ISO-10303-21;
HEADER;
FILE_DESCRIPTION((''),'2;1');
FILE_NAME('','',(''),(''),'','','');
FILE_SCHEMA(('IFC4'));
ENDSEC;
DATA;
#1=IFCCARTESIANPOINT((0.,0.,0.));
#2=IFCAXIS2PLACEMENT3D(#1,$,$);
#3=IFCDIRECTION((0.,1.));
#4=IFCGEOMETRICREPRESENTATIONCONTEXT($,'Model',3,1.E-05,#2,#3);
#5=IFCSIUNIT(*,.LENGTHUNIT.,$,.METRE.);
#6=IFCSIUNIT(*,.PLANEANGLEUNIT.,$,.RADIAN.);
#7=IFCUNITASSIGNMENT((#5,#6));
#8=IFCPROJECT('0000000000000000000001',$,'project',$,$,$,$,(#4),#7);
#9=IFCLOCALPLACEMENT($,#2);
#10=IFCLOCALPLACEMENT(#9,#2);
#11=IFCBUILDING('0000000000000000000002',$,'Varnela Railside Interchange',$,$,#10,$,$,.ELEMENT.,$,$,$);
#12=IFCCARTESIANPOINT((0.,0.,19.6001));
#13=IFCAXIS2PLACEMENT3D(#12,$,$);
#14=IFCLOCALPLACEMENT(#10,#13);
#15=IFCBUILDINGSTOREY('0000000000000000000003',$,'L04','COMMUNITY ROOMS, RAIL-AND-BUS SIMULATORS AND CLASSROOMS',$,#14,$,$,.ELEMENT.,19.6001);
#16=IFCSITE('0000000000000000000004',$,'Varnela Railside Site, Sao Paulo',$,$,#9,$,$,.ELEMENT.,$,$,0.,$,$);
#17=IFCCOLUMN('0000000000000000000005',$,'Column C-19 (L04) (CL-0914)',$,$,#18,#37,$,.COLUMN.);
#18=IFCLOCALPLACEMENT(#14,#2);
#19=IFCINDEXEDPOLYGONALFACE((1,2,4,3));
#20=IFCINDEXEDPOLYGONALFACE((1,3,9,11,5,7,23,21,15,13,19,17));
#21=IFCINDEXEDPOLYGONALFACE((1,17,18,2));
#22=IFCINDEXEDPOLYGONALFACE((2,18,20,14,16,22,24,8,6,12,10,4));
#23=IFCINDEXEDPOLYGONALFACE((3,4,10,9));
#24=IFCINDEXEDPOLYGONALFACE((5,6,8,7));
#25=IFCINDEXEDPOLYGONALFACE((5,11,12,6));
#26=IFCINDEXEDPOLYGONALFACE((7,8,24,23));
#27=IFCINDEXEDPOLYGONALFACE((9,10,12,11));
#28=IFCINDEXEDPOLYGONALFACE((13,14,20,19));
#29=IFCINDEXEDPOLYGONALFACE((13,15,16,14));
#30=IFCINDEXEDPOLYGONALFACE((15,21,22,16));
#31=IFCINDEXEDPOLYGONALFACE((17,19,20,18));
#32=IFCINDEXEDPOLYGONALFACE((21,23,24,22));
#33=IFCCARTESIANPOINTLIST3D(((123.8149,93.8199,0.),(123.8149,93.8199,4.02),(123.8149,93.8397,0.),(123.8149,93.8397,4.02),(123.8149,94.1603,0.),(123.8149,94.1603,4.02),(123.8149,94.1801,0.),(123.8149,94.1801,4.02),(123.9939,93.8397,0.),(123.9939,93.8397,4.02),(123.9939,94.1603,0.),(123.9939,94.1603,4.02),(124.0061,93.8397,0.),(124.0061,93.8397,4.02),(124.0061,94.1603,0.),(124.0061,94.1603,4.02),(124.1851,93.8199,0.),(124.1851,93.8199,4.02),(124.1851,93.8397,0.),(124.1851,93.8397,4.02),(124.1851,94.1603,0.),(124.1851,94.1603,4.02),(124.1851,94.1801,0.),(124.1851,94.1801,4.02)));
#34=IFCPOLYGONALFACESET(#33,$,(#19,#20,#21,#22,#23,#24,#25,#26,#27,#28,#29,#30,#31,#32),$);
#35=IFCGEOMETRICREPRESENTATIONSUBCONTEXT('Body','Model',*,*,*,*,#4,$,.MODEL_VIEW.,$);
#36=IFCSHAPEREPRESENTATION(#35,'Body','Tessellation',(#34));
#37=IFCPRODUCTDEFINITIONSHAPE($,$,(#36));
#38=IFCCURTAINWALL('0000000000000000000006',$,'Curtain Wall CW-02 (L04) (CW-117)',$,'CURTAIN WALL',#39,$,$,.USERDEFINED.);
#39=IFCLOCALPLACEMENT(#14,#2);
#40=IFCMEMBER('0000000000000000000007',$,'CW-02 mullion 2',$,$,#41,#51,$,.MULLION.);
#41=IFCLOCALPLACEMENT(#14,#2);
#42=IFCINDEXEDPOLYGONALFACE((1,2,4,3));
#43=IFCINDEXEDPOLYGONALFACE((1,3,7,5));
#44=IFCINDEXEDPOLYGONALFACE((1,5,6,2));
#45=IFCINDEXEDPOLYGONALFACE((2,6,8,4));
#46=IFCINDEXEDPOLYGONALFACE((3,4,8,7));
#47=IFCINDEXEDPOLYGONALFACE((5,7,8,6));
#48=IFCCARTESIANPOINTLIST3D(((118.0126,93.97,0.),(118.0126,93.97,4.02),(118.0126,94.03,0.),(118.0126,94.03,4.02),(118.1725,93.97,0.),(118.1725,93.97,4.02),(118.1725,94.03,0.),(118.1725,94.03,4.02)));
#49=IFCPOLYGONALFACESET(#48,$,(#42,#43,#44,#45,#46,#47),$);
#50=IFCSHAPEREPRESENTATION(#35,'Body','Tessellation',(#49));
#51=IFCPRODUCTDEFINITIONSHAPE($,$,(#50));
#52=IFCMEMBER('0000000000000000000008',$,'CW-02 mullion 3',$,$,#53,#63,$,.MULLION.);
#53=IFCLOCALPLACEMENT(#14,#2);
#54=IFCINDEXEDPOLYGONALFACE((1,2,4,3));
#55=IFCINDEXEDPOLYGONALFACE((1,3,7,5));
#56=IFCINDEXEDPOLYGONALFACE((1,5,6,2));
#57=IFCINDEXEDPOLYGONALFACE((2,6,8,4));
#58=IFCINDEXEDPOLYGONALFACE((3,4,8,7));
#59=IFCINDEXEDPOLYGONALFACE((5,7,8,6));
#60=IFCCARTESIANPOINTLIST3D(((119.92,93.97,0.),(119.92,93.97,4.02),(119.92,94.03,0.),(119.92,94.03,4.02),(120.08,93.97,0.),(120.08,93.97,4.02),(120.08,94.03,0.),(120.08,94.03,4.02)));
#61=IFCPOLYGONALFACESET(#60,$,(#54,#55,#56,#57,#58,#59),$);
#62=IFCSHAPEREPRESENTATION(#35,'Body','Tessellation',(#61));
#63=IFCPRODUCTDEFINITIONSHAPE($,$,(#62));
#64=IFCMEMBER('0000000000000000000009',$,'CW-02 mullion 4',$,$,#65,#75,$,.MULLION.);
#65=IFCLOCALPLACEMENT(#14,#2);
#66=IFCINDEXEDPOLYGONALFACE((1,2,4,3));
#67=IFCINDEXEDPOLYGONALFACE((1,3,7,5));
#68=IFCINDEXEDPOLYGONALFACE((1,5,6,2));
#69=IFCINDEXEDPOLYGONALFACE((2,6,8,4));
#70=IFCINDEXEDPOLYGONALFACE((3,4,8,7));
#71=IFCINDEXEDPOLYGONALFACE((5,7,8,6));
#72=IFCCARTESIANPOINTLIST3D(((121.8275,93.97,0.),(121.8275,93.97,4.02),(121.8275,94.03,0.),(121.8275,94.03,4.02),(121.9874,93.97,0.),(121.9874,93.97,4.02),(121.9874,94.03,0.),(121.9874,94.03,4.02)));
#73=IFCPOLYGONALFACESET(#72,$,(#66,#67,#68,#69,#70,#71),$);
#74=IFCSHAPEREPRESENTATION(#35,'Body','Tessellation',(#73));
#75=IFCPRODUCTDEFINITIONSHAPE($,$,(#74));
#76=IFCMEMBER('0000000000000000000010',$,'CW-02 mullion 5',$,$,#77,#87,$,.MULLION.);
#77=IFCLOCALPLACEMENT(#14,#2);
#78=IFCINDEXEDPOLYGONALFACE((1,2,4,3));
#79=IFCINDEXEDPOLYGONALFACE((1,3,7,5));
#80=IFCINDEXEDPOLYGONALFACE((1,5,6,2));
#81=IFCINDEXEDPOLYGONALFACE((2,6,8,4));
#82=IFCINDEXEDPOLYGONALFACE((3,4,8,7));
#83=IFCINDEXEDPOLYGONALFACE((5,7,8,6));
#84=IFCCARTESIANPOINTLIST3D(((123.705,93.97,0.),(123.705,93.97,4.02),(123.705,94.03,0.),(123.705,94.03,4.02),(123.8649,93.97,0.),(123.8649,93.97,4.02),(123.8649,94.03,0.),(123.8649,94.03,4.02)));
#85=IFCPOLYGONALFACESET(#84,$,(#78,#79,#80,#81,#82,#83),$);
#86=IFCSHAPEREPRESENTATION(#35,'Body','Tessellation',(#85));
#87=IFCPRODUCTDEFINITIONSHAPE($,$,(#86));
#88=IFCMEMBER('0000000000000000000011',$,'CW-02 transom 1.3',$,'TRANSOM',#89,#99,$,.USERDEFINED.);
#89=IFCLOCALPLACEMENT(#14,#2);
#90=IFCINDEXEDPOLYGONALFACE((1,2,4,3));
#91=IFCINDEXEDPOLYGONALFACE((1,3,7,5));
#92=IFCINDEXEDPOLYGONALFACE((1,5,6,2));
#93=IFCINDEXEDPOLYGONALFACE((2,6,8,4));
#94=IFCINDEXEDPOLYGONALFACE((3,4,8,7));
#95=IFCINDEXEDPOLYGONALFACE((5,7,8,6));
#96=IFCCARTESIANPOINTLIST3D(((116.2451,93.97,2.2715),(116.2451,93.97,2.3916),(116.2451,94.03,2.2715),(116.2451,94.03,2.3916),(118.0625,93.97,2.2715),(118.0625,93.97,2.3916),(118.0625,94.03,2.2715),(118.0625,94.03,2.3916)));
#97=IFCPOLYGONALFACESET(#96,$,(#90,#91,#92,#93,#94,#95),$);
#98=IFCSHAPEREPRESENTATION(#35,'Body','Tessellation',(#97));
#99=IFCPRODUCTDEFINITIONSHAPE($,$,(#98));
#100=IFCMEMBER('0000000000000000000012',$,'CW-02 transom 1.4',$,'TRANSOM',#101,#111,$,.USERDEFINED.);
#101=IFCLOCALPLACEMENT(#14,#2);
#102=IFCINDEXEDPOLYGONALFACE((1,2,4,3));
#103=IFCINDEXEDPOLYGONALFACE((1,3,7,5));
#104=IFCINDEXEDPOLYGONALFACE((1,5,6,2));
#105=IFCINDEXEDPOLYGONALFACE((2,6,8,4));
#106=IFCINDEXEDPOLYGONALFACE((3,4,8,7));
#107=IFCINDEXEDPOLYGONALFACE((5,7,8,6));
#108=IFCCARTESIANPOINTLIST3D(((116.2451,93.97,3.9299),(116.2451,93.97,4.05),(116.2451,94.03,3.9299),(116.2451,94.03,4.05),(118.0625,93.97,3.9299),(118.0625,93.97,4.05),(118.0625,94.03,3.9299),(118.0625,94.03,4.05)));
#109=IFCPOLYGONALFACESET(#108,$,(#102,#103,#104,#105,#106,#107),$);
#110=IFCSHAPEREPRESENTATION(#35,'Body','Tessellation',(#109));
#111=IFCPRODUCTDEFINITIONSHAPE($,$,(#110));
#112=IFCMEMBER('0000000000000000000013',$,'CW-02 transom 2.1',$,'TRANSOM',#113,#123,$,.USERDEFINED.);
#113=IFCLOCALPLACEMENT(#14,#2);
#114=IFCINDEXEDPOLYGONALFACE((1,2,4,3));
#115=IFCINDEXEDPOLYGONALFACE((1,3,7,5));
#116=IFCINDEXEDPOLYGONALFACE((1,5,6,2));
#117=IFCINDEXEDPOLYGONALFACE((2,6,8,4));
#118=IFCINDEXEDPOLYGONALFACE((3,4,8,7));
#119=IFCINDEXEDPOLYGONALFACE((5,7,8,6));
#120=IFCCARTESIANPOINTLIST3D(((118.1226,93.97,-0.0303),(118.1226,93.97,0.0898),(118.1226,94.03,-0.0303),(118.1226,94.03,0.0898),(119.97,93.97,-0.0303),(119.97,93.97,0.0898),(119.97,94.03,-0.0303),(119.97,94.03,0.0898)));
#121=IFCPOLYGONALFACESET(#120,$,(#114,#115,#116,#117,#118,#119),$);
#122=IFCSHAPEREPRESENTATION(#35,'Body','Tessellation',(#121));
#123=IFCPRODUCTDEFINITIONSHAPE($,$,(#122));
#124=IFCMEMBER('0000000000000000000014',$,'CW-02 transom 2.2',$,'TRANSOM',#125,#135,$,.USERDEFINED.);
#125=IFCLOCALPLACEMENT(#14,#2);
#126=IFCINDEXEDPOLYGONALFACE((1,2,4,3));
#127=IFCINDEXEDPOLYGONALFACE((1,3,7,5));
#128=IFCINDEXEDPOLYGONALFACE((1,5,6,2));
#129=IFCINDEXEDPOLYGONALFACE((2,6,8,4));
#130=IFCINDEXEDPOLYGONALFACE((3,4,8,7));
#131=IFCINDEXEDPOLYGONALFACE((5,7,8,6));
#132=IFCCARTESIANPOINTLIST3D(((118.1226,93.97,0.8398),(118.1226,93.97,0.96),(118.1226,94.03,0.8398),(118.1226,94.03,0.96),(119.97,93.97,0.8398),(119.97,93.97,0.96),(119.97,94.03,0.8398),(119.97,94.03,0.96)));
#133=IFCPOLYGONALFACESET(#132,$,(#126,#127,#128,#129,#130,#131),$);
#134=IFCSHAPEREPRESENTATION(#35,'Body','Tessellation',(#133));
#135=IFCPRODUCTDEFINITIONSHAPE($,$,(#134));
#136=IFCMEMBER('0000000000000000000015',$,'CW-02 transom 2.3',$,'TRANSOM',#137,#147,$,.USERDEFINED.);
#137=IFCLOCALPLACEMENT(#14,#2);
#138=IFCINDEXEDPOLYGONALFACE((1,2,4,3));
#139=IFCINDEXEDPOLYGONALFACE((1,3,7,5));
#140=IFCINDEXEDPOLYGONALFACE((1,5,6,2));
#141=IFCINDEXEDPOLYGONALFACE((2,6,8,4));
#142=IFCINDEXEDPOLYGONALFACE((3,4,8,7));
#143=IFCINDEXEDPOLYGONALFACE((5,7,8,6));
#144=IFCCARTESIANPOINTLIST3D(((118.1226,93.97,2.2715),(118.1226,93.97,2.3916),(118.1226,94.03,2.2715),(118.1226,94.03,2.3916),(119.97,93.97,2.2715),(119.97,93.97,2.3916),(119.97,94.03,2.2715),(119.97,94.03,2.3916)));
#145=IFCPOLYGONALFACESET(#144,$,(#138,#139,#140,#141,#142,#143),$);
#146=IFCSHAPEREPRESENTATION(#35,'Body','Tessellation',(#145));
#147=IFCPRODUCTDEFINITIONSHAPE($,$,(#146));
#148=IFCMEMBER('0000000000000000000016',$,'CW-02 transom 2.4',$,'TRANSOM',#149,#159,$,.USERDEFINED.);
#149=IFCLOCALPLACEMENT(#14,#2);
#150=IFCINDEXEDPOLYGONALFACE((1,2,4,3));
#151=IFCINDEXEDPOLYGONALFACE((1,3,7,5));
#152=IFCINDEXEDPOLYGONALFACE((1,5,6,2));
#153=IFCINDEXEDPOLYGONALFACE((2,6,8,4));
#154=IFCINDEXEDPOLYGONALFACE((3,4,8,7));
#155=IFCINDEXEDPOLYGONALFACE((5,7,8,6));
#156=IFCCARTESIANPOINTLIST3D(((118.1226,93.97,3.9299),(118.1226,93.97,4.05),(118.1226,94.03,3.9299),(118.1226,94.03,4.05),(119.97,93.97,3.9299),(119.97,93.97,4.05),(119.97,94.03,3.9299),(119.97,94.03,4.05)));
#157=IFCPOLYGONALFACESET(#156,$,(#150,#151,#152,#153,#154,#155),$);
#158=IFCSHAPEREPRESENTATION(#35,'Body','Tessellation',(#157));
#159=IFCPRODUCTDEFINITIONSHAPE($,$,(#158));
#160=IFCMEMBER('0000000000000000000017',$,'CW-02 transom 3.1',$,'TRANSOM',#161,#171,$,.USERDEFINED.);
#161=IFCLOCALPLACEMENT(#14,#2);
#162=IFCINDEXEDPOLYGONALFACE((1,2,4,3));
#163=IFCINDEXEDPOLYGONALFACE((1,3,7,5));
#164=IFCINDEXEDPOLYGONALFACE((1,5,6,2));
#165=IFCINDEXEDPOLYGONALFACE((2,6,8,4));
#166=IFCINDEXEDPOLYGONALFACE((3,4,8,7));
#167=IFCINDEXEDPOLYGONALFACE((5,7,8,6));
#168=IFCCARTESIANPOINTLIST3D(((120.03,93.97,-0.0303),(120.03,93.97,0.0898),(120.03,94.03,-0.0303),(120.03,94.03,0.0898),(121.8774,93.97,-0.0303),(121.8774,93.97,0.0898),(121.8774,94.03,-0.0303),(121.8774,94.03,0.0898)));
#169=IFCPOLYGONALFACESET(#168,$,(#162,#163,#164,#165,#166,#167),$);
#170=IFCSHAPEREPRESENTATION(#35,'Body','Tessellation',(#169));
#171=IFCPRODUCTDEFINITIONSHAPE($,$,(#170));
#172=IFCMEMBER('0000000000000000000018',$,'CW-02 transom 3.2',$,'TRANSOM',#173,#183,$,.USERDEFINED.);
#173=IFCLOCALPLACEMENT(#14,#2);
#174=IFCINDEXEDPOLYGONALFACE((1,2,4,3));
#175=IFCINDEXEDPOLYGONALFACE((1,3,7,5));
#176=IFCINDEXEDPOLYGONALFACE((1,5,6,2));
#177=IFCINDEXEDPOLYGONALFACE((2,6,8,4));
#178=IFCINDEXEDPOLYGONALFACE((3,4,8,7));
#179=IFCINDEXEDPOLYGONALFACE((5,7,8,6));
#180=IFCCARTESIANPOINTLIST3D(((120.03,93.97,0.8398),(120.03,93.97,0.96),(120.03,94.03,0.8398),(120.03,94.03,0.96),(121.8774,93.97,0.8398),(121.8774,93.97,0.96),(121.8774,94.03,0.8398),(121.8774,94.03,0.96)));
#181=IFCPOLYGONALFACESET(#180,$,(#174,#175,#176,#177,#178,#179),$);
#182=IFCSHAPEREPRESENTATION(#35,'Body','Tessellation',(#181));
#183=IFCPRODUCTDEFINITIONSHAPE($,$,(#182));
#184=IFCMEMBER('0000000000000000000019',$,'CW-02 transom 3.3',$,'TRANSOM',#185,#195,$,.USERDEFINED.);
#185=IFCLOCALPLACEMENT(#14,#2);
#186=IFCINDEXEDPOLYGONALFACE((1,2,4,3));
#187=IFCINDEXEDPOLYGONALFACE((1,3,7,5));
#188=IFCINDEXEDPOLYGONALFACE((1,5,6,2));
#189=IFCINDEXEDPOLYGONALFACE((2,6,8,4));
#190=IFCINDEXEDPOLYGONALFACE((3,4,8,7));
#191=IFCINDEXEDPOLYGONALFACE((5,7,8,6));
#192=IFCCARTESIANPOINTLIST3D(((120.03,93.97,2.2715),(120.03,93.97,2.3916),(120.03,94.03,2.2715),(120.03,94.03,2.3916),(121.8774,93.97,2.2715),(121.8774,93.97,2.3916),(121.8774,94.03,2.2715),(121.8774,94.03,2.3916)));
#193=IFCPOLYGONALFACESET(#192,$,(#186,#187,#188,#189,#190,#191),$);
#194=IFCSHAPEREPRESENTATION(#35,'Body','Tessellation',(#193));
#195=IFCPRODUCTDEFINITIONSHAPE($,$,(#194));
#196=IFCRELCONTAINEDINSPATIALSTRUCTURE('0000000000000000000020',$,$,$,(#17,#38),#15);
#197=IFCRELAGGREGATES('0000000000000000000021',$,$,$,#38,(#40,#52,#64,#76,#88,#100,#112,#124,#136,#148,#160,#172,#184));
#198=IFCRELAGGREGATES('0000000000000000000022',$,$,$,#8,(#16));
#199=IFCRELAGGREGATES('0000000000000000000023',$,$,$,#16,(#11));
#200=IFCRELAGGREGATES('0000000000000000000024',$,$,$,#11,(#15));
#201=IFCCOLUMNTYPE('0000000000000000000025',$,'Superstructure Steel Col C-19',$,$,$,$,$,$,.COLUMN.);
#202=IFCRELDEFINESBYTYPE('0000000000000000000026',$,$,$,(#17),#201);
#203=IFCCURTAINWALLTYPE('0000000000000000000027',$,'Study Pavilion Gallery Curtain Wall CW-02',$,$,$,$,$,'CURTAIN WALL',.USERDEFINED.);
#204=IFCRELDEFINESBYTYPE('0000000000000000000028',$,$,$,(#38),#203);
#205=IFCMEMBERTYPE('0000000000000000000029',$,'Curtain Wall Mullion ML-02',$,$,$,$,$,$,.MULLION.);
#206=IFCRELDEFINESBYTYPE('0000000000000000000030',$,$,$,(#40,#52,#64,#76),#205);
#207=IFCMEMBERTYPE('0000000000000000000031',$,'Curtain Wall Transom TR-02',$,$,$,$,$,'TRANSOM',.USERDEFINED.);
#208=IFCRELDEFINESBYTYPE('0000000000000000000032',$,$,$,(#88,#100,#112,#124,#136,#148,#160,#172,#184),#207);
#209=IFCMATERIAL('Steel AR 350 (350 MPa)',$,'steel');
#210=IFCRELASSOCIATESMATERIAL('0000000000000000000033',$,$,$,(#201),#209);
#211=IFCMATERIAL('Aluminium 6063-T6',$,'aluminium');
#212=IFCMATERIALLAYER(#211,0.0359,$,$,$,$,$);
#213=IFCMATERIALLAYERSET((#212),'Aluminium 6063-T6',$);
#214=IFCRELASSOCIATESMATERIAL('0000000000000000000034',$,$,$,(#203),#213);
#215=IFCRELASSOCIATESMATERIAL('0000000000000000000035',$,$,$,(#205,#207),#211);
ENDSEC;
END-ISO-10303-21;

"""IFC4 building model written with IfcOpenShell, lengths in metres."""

from ifc_helpers import new_model, si_unit, direction, frame, origin, origin_2d, place, context, subcontext, project, spatial, rectangle, i_section, extrude, material, layer, layer_set, material_profile, profile_set, type_object, element, aggregate, save


model = new_model("IFC4")

# Units and contexts
model_context = context("Model", 3, precision=1e-05, world=origin(), true_north=direction((0.0, 1.0)))
body_context = subcontext(model_context, "Body", "Model", "MODEL_VIEW")
ifc_project = project(units=[si_unit("LENGTHUNIT", "METRE"), si_unit("PLANEANGLEUNIT", "RADIAN")], contexts=[model_context])

# Site, building, storey
site_placement = place(None, origin())
site = spatial("IfcSite", under=ifc_project, at=site_placement, Name="Varnela Railside Site, Sao Paulo", CompositionType="ELEMENT", RefElevation=0.0)
building_placement = place(site_placement, origin())
building = spatial("IfcBuilding", under=site, at=building_placement, Name="Varnela Railside Interchange", CompositionType="ELEMENT")
storey_placement = place(building_placement, frame((0.0, 0.0, 19.6001)))
storey = spatial("IfcBuildingStorey", under=building, at=storey_placement, Name="L04", Description="COMMUNITY ROOMS, RAIL-AND-BUS SIMULATORS AND CLASSROOMS", CompositionType="ELEMENT", Elevation=19.6001)

# Column
ifc_material_1 = material(Name="Steel AR 350 (350 MPa)", Category="steel")
ifc_material_profile_1 = material_profile(ifc_material_1, i_section(OverallWidth=0.3701, OverallDepth=0.3601, WebThickness=0.0122, FlangeThickness=0.0198, at=origin_2d()), Name="W360x147")
ifc_profile_set_1 = profile_set([ifc_material_profile_1], Name="Steel AR 350 (350 MPa)")
column_type = type_object("IfcColumnType", Name="Superstructure Steel Col C-19", PredefinedType="COLUMN", material=ifc_profile_set_1)
column_placement = place(storey_placement, frame((124.0, 94.0, 0.0), z_axis=(0.0, 0.0, 1.0), x_axis=(1.0, 0.0, 0.0)))
element("IfcColumn", 1, at=column_placement, inside=storey, type_object=column_type, Name="Column C-19 (L04) (CL-0914)", PredefinedType="COLUMN", context=body_context, shape_type="SweptSolid", body=[
    extrude(i_section(OverallWidth=0.3701, OverallDepth=0.3601, WebThickness=0.0122, FlangeThickness=0.0198, at=origin_2d()), origin(), (0.0, 0.0, 1.0), 4.02),
])

# Curtain wall, members
ifc_material_2 = material(Name="Aluminium 6063-T6", Category="aluminium")
ifc_layer_1 = layer(ifc_material_2, 0.0359)
ifc_layer_set_1 = layer_set([ifc_layer_1], Name="Aluminium 6063-T6")
curtain_wall_type = type_object("IfcCurtainWallType", Name="Study Pavilion Gallery Curtain Wall CW-02", ElementType="CURTAIN WALL", PredefinedType="USERDEFINED", material=ifc_layer_set_1)
curtain_wall_placement = place(storey_placement, origin())
curtain_wall = element("IfcCurtainWall", 2, at=curtain_wall_placement, inside=storey, type_object=curtain_wall_type, Name="Curtain Wall CW-02 (L04) (CW-117)", ObjectType="CURTAIN WALL", PredefinedType="USERDEFINED")
ifc_material_profile_2 = material_profile(ifc_material_2, rectangle(XDim=0.0601, YDim=0.1599, at=origin_2d()), Name="ALU 60x160")
ifc_profile_set_2 = profile_set([ifc_material_profile_2], Name="Aluminium 6063-T6")
member_type_1 = type_object("IfcMemberType", Name="Curtain Wall Mullion ML-02", PredefinedType="MULLION", material=ifc_profile_set_2)
member_1_placement = place(storey_placement, frame((118.0925, 94.0, 0.0), z_axis=(0.0, 0.0, 1.0), x_axis=(0.0, 1.0, 0.0)))
member_1 = element("IfcMember", 3, at=member_1_placement, type_object=member_type_1, Name="CW-02 mullion 2", PredefinedType="MULLION", context=body_context, shape_type="SweptSolid", body=[
    extrude(rectangle(XDim=0.0601, YDim=0.1599, at=origin_2d()), origin(), (0.0, 0.0, 1.0), 4.02),
])
member_2_placement = place(storey_placement, frame((120.0, 94.0, 0.0), z_axis=(0.0, 0.0, 1.0), x_axis=(0.0, 1.0, 0.0)))
member_2 = element("IfcMember", 4, at=member_2_placement, type_object=member_type_1, Name="CW-02 mullion 3", PredefinedType="MULLION", context=body_context, shape_type="SweptSolid", body=[
    extrude(rectangle(XDim=0.0601, YDim=0.1599, at=origin_2d()), origin(), (0.0, 0.0, 1.0), 4.02),
])
member_3_placement = place(storey_placement, frame((121.9075, 94.0, 0.0), z_axis=(0.0, 0.0, 1.0), x_axis=(0.0, 1.0, 0.0)))
member_3 = element("IfcMember", 5, at=member_3_placement, type_object=member_type_1, Name="CW-02 mullion 4", PredefinedType="MULLION", context=body_context, shape_type="SweptSolid", body=[
    extrude(rectangle(XDim=0.0601, YDim=0.1599, at=origin_2d()), origin(), (0.0, 0.0, 1.0), 4.02),
])
member_4_placement = place(storey_placement, frame((123.7849, 94.0, 0.0), z_axis=(0.0, 0.0, 1.0), x_axis=(0.0, 1.0, 0.0)))
member_4 = element("IfcMember", 6, at=member_4_placement, type_object=member_type_1, Name="CW-02 mullion 5", PredefinedType="MULLION", context=body_context, shape_type="SweptSolid", body=[
    extrude(rectangle(XDim=0.0601, YDim=0.1599, at=origin_2d()), origin(), (0.0, 0.0, 1.0), 4.02),
])
ifc_material_profile_3 = material_profile(ifc_material_2, rectangle(XDim=0.0601, YDim=0.1201, at=origin_2d()), Name="ALU 60x120")
ifc_profile_set_3 = profile_set([ifc_material_profile_3], Name="Aluminium 6063-T6")
member_type_2 = type_object("IfcMemberType", Name="Curtain Wall Transom TR-02", ElementType="TRANSOM", PredefinedType="USERDEFINED", material=ifc_profile_set_3)
member_5_placement = place(storey_placement, frame((116.2451, 94.0, 2.3315), z_axis=(1.0, 0.0, 0.0), x_axis=(0.0, 1.0, 0.0)))
member_5 = element("IfcMember", 7, at=member_5_placement, type_object=member_type_2, Name="CW-02 transom 1.3", ObjectType="TRANSOM", PredefinedType="USERDEFINED", context=body_context, shape_type="SweptSolid", body=[
    extrude(rectangle(XDim=0.0601, YDim=0.1201, at=origin_2d()), origin(), (0.0, 0.0, 1.0), 1.8174),
])
member_6_placement = place(storey_placement, frame((116.2451, 94.0, 3.99), z_axis=(1.0, 0.0, 0.0), x_axis=(0.0, 1.0, 0.0)))
member_6 = element("IfcMember", 8, at=member_6_placement, type_object=member_type_2, Name="CW-02 transom 1.4", ObjectType="TRANSOM", PredefinedType="USERDEFINED", context=body_context, shape_type="SweptSolid", body=[
    extrude(rectangle(XDim=0.0601, YDim=0.1201, at=origin_2d()), origin(), (0.0, 0.0, 1.0), 1.8174),
])
member_7_placement = place(storey_placement, frame((118.1226, 94.0, 0.0298), z_axis=(1.0, 0.0, 0.0), x_axis=(0.0, 1.0, 0.0)))
member_7 = element("IfcMember", 9, at=member_7_placement, type_object=member_type_2, Name="CW-02 transom 2.1", ObjectType="TRANSOM", PredefinedType="USERDEFINED", context=body_context, shape_type="SweptSolid", body=[
    extrude(rectangle(XDim=0.0601, YDim=0.1201, at=origin_2d()), origin(), (0.0, 0.0, 1.0), 1.8474),
])
member_8_placement = place(storey_placement, frame((118.1226, 94.0, 0.8999), z_axis=(1.0, 0.0, 0.0), x_axis=(0.0, 1.0, 0.0)))
member_8 = element("IfcMember", 10, at=member_8_placement, type_object=member_type_2, Name="CW-02 transom 2.2", ObjectType="TRANSOM", PredefinedType="USERDEFINED", context=body_context, shape_type="SweptSolid", body=[
    extrude(rectangle(XDim=0.0601, YDim=0.1201, at=origin_2d()), origin(), (0.0, 0.0, 1.0), 1.8474),
])
member_9_placement = place(storey_placement, frame((118.1226, 94.0, 2.3315), z_axis=(1.0, 0.0, 0.0), x_axis=(0.0, 1.0, 0.0)))
member_9 = element("IfcMember", 11, at=member_9_placement, type_object=member_type_2, Name="CW-02 transom 2.3", ObjectType="TRANSOM", PredefinedType="USERDEFINED", context=body_context, shape_type="SweptSolid", body=[
    extrude(rectangle(XDim=0.0601, YDim=0.1201, at=origin_2d()), origin(), (0.0, 0.0, 1.0), 1.8474),
])
member_10_placement = place(storey_placement, frame((118.1226, 94.0, 3.99), z_axis=(1.0, 0.0, 0.0), x_axis=(0.0, 1.0, 0.0)))
member_10 = element("IfcMember", 12, at=member_10_placement, type_object=member_type_2, Name="CW-02 transom 2.4", ObjectType="TRANSOM", PredefinedType="USERDEFINED", context=body_context, shape_type="SweptSolid", body=[
    extrude(rectangle(XDim=0.0601, YDim=0.1201, at=origin_2d()), origin(), (0.0, 0.0, 1.0), 1.8474),
])
member_11_placement = place(storey_placement, frame((120.03, 94.0, 0.0298), z_axis=(1.0, 0.0, 0.0), x_axis=(0.0, 1.0, 0.0)))
member_11 = element("IfcMember", 13, at=member_11_placement, type_object=member_type_2, Name="CW-02 transom 3.1", ObjectType="TRANSOM", PredefinedType="USERDEFINED", context=body_context, shape_type="SweptSolid", body=[
    extrude(rectangle(XDim=0.0601, YDim=0.1201, at=origin_2d()), origin(), (0.0, 0.0, 1.0), 1.8474),
])
member_12_placement = place(storey_placement, frame((120.03, 94.0, 0.8999), z_axis=(1.0, 0.0, 0.0), x_axis=(0.0, 1.0, 0.0)))
member_12 = element("IfcMember", 14, at=member_12_placement, type_object=member_type_2, Name="CW-02 transom 3.2", ObjectType="TRANSOM", PredefinedType="USERDEFINED", context=body_context, shape_type="SweptSolid", body=[
    extrude(rectangle(XDim=0.0601, YDim=0.1201, at=origin_2d()), origin(), (0.0, 0.0, 1.0), 1.8474),
])
member_13_placement = place(storey_placement, frame((120.03, 94.0, 2.3315), z_axis=(1.0, 0.0, 0.0), x_axis=(0.0, 1.0, 0.0)))
member_13 = element("IfcMember", 15, at=member_13_placement, type_object=member_type_2, Name="CW-02 transom 3.3", ObjectType="TRANSOM", PredefinedType="USERDEFINED", context=body_context, shape_type="SweptSolid", body=[
    extrude(rectangle(XDim=0.0601, YDim=0.1201, at=origin_2d()), origin(), (0.0, 0.0, 1.0), 1.8474),
])

aggregate(curtain_wall, [member_1, member_2, member_3, member_4, member_5, member_6, member_7, member_8, member_9, member_10, member_11, member_12, member_13])

save(model, "model.ifc")
